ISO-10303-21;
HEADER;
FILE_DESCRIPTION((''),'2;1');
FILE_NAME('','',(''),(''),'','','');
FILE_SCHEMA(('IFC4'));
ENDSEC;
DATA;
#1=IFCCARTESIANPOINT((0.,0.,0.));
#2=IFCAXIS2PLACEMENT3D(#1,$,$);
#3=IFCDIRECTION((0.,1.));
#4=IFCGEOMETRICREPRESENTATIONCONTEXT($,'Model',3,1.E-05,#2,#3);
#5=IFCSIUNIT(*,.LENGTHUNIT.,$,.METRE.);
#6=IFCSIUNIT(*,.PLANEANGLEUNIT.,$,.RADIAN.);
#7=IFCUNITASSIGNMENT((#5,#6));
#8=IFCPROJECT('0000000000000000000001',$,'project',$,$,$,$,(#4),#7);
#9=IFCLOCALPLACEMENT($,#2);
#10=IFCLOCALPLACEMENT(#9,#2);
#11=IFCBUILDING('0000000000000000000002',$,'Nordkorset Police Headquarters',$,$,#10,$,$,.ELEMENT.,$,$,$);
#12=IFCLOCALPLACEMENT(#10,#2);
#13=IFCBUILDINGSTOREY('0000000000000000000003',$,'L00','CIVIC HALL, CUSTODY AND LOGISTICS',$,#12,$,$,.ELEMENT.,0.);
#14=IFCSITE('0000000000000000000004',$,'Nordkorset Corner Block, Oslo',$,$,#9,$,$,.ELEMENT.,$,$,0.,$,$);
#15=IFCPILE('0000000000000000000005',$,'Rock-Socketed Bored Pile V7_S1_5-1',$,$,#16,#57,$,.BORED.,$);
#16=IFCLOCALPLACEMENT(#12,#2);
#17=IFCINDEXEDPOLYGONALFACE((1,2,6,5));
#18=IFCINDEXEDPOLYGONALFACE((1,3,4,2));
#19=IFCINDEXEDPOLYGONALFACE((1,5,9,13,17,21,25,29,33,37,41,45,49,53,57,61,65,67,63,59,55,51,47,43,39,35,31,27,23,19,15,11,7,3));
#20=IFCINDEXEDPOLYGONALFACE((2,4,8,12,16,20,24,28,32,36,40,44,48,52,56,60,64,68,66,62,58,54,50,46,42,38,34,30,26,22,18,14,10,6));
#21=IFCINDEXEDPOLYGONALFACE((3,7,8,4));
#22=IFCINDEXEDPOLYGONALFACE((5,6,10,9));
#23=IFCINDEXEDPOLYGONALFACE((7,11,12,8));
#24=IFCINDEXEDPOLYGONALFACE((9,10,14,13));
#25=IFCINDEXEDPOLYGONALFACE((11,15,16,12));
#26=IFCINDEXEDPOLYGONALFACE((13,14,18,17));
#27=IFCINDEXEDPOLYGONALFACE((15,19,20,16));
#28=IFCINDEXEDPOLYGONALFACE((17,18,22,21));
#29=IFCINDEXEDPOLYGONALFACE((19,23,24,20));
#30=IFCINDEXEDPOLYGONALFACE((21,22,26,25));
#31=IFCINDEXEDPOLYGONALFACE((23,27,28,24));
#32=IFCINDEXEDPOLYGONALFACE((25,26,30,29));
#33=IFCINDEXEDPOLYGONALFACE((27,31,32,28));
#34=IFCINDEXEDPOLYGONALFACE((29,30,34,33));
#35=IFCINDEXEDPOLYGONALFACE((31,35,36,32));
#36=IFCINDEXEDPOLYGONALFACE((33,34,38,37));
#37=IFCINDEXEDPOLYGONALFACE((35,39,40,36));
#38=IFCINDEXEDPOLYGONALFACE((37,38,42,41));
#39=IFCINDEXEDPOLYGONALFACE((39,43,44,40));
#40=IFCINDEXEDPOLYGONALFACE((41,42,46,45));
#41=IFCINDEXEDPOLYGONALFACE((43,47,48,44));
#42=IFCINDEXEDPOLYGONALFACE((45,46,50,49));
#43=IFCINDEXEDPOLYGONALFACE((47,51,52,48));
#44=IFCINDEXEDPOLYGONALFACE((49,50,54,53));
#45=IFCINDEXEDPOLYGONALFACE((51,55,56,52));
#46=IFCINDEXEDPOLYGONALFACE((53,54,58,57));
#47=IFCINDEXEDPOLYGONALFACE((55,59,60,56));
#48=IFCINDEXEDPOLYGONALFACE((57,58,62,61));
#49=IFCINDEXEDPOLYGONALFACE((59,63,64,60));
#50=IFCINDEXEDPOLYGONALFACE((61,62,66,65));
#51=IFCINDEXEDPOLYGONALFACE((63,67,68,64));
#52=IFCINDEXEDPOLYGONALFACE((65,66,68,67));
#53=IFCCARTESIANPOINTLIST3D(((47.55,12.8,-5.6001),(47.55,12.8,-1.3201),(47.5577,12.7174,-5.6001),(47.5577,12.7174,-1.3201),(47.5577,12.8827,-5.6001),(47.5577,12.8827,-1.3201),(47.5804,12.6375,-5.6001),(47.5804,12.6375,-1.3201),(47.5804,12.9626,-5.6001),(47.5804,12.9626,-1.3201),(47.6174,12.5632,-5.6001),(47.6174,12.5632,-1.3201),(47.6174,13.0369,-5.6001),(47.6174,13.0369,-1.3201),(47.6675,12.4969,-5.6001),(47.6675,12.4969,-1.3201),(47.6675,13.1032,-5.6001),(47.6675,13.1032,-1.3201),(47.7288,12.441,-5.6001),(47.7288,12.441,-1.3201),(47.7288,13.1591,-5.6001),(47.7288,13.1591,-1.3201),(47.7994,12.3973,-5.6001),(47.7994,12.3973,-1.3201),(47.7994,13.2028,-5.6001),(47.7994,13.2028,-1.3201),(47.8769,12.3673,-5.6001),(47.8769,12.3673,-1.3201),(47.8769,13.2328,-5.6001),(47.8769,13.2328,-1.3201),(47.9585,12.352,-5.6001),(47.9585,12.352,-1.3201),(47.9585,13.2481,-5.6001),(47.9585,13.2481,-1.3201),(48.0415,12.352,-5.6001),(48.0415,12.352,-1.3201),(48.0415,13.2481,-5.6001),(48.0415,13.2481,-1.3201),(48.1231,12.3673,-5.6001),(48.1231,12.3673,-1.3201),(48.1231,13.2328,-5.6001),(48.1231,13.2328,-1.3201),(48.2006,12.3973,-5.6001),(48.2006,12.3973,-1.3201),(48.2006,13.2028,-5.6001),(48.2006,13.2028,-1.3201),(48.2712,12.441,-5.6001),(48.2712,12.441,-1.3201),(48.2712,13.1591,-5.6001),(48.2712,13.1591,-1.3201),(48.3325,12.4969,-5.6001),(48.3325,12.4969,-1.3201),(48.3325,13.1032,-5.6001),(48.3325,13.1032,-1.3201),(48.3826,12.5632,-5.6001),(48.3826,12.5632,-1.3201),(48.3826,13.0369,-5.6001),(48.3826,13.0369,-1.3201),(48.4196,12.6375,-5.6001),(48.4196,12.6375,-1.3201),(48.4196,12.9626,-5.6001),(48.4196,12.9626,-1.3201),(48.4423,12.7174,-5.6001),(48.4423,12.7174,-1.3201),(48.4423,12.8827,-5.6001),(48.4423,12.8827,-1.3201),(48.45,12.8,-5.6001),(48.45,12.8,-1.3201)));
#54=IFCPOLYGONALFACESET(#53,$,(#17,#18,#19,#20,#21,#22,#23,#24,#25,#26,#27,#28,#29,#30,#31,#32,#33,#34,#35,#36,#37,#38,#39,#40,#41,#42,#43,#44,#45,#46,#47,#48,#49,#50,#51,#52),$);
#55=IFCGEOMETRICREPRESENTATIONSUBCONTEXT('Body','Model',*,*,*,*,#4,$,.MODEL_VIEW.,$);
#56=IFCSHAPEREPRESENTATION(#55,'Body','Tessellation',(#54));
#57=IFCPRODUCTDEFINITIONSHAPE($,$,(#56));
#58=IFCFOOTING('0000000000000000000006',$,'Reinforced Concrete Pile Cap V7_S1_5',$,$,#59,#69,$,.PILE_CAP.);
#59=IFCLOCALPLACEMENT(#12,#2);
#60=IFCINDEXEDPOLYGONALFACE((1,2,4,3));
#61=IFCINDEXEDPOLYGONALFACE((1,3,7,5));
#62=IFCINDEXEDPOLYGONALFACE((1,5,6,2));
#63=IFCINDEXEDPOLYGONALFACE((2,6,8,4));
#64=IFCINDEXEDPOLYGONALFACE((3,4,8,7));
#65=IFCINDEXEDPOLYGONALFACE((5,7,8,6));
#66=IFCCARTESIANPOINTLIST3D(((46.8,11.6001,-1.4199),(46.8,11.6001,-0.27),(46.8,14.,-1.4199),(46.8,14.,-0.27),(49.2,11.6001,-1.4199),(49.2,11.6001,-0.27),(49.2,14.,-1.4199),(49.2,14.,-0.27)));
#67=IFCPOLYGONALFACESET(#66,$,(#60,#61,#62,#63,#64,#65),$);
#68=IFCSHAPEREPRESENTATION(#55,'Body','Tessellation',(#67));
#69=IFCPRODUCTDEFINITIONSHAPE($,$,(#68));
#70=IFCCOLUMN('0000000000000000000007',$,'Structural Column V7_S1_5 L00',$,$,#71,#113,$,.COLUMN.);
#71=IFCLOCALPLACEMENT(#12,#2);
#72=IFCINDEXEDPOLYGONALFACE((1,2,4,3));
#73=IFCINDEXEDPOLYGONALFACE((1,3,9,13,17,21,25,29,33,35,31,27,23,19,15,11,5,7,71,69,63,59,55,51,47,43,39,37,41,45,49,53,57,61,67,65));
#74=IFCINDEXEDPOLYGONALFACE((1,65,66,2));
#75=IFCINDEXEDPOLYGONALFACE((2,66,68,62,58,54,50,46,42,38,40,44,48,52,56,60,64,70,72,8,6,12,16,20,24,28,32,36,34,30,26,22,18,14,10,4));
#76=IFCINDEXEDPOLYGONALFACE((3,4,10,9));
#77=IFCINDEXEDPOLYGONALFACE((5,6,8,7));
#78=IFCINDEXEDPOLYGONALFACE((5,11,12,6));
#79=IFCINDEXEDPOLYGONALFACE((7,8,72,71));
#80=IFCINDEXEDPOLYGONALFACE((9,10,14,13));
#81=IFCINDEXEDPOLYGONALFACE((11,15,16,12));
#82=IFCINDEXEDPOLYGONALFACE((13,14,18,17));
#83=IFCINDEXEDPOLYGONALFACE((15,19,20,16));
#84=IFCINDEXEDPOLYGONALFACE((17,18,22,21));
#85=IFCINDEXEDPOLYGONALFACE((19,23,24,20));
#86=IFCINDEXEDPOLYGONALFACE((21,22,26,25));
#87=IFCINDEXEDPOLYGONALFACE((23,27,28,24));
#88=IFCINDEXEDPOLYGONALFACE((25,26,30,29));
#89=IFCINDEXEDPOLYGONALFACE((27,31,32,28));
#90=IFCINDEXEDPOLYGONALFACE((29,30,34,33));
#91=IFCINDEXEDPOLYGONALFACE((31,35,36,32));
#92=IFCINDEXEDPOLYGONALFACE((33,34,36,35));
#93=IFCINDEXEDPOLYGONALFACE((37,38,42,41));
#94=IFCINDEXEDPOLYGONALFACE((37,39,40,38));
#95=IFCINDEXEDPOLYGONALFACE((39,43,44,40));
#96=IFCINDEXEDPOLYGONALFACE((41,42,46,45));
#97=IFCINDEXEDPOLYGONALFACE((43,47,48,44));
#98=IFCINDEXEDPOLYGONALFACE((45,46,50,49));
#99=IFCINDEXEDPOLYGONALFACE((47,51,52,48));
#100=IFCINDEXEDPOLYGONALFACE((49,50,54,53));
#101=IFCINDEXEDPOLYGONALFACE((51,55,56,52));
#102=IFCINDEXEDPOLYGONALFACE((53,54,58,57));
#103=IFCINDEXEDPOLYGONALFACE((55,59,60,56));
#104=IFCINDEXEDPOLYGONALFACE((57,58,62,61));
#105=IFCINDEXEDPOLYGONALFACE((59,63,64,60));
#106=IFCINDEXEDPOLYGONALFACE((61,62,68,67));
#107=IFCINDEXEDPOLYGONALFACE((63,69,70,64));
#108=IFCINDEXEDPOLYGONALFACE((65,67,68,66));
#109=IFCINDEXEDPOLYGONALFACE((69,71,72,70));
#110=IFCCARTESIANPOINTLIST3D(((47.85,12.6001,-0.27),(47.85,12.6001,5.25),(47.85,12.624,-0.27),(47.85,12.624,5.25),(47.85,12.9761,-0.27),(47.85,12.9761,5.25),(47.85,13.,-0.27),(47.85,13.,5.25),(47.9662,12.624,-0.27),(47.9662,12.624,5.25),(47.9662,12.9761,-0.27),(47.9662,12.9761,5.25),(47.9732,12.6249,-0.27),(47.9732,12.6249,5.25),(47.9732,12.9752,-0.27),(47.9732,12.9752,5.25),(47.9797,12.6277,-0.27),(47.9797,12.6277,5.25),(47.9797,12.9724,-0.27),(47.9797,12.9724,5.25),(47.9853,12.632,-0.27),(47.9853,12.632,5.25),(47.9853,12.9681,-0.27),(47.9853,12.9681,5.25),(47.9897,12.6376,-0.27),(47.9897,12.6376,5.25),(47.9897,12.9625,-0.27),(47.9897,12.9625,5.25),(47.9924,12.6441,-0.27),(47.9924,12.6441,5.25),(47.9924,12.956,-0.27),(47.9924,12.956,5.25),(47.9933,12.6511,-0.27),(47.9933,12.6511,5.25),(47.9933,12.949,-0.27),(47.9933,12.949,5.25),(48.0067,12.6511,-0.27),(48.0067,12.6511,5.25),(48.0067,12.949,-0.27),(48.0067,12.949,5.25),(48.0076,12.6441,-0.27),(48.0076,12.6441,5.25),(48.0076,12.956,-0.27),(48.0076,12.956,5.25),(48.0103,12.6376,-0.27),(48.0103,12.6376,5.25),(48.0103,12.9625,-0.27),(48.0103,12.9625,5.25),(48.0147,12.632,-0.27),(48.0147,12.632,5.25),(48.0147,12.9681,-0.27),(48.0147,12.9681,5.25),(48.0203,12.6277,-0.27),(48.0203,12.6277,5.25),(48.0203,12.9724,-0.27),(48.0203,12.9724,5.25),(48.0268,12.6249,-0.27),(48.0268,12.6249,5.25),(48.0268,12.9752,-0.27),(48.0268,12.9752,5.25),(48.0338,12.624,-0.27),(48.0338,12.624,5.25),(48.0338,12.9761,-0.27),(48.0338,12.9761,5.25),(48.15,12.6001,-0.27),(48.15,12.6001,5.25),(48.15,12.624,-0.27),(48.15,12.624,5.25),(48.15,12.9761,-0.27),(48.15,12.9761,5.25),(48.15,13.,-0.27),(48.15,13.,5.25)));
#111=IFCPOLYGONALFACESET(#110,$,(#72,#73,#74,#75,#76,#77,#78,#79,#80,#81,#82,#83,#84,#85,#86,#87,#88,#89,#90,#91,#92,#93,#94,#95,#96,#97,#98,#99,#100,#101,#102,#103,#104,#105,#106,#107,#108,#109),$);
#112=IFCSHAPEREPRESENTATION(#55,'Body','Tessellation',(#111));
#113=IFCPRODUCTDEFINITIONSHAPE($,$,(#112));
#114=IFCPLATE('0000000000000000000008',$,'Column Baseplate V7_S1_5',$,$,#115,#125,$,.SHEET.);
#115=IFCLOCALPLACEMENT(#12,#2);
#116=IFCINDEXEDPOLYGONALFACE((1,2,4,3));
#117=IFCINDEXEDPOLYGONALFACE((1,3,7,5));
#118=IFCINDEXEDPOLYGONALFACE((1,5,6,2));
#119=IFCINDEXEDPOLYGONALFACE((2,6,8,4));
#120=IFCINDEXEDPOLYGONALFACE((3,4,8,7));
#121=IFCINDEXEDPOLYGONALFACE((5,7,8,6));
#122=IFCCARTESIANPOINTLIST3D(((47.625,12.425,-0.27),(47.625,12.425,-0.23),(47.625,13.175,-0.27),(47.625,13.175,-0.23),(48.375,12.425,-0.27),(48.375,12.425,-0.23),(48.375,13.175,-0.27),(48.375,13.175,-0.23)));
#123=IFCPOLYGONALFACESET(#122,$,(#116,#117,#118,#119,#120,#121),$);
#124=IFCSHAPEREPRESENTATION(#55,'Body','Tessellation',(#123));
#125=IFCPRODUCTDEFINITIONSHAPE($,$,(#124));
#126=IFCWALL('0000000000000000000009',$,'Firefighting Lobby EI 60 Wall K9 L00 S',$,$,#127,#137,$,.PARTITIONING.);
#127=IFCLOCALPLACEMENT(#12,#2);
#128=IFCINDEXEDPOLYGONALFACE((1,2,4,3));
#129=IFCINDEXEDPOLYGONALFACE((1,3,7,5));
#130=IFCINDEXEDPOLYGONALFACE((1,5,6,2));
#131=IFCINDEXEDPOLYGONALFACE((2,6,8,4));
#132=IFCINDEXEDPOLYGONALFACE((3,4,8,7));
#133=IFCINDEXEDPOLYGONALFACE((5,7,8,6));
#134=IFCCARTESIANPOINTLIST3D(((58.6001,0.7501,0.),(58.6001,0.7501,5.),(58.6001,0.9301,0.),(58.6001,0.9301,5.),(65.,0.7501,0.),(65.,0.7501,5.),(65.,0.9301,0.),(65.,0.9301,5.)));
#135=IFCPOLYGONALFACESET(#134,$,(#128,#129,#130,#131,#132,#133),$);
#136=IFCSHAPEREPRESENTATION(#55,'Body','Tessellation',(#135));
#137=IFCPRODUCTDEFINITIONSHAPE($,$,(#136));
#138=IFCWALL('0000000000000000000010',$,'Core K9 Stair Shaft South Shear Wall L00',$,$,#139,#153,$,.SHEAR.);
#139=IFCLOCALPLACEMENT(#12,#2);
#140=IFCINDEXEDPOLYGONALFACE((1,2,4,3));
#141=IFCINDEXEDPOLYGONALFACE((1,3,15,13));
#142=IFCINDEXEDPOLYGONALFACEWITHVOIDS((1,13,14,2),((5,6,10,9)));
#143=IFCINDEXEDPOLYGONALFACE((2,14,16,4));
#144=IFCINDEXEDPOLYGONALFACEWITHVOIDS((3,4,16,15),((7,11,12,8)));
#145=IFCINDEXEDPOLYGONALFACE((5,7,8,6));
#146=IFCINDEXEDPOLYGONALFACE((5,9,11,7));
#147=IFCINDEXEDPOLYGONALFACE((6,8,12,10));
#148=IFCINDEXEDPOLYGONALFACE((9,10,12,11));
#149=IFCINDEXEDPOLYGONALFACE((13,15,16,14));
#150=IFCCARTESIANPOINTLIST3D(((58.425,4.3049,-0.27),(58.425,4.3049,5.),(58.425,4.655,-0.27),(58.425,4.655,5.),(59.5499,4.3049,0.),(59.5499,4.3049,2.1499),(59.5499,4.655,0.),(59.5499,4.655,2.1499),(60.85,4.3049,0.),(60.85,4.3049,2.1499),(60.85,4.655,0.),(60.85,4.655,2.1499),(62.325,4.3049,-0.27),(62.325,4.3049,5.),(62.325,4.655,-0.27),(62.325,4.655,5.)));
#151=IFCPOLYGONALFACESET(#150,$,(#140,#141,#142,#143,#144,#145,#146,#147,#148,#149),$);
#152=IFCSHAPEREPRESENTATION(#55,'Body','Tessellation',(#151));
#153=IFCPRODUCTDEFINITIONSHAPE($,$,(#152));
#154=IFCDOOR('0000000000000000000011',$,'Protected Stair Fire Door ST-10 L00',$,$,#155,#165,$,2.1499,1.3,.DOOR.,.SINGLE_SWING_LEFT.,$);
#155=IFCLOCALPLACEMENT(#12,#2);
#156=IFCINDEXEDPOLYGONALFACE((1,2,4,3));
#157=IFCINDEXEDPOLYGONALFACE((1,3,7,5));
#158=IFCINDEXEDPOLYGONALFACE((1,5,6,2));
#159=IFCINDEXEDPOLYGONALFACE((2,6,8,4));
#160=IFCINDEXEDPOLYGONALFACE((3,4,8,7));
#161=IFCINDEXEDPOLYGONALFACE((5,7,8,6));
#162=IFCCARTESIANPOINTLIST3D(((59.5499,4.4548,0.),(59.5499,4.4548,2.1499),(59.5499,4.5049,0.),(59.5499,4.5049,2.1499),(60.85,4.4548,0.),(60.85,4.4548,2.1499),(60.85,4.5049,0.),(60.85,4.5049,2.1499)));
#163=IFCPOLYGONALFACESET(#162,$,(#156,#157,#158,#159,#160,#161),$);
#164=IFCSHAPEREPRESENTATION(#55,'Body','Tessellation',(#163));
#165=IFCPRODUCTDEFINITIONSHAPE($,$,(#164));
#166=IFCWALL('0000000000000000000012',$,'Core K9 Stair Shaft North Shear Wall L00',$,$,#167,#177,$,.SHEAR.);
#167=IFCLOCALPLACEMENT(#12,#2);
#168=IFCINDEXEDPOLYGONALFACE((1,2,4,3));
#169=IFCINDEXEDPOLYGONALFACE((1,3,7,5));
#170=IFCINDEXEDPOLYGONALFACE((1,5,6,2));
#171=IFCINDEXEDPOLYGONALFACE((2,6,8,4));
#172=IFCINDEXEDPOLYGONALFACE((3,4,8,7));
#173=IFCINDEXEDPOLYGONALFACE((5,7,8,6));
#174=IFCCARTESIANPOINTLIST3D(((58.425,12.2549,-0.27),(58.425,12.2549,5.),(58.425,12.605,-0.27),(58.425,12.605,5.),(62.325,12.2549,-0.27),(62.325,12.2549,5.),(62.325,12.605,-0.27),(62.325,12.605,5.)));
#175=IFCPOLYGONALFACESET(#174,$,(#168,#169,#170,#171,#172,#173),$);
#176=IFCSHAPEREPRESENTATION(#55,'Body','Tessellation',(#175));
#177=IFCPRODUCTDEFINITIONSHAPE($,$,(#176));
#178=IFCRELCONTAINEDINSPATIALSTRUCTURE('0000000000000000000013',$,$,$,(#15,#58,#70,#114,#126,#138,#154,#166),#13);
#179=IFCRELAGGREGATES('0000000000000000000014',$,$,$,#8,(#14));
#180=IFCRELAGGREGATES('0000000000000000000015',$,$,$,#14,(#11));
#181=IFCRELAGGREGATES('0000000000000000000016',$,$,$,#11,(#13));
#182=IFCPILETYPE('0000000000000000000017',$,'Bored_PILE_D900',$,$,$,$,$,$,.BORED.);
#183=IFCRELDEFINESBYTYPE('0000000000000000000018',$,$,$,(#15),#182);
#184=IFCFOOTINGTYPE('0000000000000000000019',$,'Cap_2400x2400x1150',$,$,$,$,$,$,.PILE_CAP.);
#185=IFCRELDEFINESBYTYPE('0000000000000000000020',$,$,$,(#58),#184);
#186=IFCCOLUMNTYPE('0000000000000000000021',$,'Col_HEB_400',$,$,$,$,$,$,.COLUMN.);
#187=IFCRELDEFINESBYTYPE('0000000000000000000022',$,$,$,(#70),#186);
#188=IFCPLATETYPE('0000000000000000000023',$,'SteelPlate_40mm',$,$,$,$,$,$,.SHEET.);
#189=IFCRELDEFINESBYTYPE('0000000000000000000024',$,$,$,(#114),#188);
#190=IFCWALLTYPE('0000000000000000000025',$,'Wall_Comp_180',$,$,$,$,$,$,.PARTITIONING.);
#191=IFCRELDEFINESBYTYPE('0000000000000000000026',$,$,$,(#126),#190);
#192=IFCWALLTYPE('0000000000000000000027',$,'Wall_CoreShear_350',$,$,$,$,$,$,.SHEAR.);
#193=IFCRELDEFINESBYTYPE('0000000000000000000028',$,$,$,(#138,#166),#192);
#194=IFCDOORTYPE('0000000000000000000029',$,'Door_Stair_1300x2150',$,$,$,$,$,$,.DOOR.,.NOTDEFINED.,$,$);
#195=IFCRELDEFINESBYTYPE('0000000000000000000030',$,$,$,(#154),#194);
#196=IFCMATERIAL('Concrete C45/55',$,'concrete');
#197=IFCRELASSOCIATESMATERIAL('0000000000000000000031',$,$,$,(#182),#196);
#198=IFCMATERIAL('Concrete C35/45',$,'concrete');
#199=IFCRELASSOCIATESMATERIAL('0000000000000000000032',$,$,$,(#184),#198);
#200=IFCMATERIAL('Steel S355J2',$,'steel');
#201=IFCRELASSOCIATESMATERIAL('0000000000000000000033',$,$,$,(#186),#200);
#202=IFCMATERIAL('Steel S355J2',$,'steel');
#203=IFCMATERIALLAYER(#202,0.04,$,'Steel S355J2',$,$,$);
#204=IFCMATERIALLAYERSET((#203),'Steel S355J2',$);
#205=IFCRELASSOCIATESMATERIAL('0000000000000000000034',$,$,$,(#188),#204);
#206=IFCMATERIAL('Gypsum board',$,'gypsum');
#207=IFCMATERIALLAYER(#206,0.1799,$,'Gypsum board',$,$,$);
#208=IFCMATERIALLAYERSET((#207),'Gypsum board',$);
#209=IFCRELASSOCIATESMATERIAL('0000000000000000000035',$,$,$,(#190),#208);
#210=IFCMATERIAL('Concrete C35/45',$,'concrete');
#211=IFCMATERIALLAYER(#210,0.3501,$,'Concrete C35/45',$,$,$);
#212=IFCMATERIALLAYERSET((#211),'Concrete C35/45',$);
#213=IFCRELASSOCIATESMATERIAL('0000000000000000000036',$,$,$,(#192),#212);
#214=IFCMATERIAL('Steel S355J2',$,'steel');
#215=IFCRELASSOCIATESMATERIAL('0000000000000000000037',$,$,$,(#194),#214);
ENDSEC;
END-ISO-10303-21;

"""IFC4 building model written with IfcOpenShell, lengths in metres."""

from ifc_helpers import new_model, si_unit, direction, frame, frame_2d, origin, origin_2d, place, context, subcontext, project, spatial, rectangle, circle, i_section, extrude, material, layer, layer_set, material_profile, profile_set, type_object, element, fill, save


model = new_model("IFC4")

# Units and contexts
model_context = context("Model", 3, precision=1e-05, world=origin(), true_north=direction((0.0, 1.0)))
body_context = subcontext(model_context, "Body", "Model", "MODEL_VIEW")
ifc_project = project(units=[si_unit("LENGTHUNIT", "METRE"), si_unit("PLANEANGLEUNIT", "RADIAN")], contexts=[model_context])

# Site, building, storey
site_placement = place(None, origin())
site = spatial("IfcSite", under=ifc_project, at=site_placement, Name="Nordkorset Corner Block, Oslo", CompositionType="ELEMENT", RefElevation=0.0)
building_placement = place(site_placement, origin())
building = spatial("IfcBuilding", under=site, at=building_placement, Name="Nordkorset Police Headquarters", CompositionType="ELEMENT")
storey_placement = place(building_placement, origin())
storey = spatial("IfcBuildingStorey", under=building, at=storey_placement, Name="L00", Description="CIVIC HALL, CUSTODY AND LOGISTICS", CompositionType="ELEMENT", Elevation=0.0)

# Pile
ifc_material_1 = material(Name="Concrete C45/55", Category="concrete")
ifc_material_profile_1 = material_profile(ifc_material_1, circle(Radius=0.45, at=origin_2d()), Name="PILE D900")
ifc_profile_set_1 = profile_set([ifc_material_profile_1], Name="Concrete C45/55")
pile_type = type_object("IfcPileType", Name="Bored_PILE_D900", PredefinedType="BORED", material=ifc_profile_set_1)
pile_placement = place(storey_placement, frame((48.0, 12.8, -1.3201), z_axis=(0.0, 0.0, -1.0), x_axis=(1.0, 0.0, 0.0)))
element("IfcPile", 1, at=pile_placement, inside=storey, type_object=pile_type, Name="Rock-Socketed Bored Pile V7_S1_5-1", PredefinedType="BORED", context=body_context, shape_type="SweptSolid", body=[
    extrude(circle(Radius=0.45, at=origin_2d()), origin(), (0.0, 0.0, 1.0), 4.28),
])

# Footing
ifc_material_2 = material(Name="Concrete C35/45", Category="concrete")
footing_type = type_object("IfcFootingType", Name="Cap_2400x2400x1150", PredefinedType="PILE_CAP", material=ifc_material_2)
footing_placement = place(storey_placement, frame((48.0, 12.8, -1.4199), z_axis=(0.0, 0.0, 1.0), x_axis=(1.0, 0.0, 0.0)))
element("IfcFooting", 2, at=footing_placement, inside=storey, type_object=footing_type, Name="Reinforced Concrete Pile Cap V7_S1_5", PredefinedType="PILE_CAP", context=body_context, shape_type="SweptSolid", body=[
    extrude(rectangle(XDim=2.3999, YDim=2.3999, at=origin_2d()), origin(), (0.0, 0.0, 1.0), 1.1499),
])

# Column
ifc_material_3 = material(Name="Steel S355J2", Category="steel")
ifc_material_profile_2 = material_profile(ifc_material_3, i_section(OverallWidth=0.3, OverallDepth=0.3999, WebThickness=0.0134, FlangeThickness=0.0239, FilletRadius=0.0271, at=origin_2d()), Name="HEB 400")
ifc_profile_set_2 = profile_set([ifc_material_profile_2], Name="Steel S355J2")
column_type = type_object("IfcColumnType", Name="Col_HEB_400", PredefinedType="COLUMN", material=ifc_profile_set_2)
column_placement = place(storey_placement, frame((48.0, 12.8, -0.27), z_axis=(0.0, 0.0, 1.0), x_axis=(1.0, 0.0, 0.0)))
element("IfcColumn", 3, at=column_placement, inside=storey, type_object=column_type, Name="Structural Column V7_S1_5 L00", PredefinedType="COLUMN", context=body_context, shape_type="SweptSolid", body=[
    extrude(i_section(OverallWidth=0.3, OverallDepth=0.3999, WebThickness=0.0134, FlangeThickness=0.0239, FilletRadius=0.0271, at=origin_2d()), origin(), (0.0, 0.0, 1.0), 5.52),
])

# Plate
ifc_material_4 = material(Name="Steel S355J2", Category="steel")
ifc_layer_1 = layer(ifc_material_4, 0.04, Name="Steel S355J2")
ifc_layer_set_1 = layer_set([ifc_layer_1], Name="Steel S355J2")
plate_type = type_object("IfcPlateType", Name="SteelPlate_40mm", PredefinedType="SHEET", material=ifc_layer_set_1)
plate_placement = place(storey_placement, frame((48.0, 12.8, -0.27), z_axis=(0.0, 0.0, 1.0), x_axis=(1.0, 0.0, 0.0)))
element("IfcPlate", 4, at=plate_placement, inside=storey, type_object=plate_type, Name="Column Baseplate V7_S1_5", PredefinedType="SHEET", context=body_context, shape_type="SweptSolid", body=[
    extrude(rectangle(XDim=0.75, YDim=0.75, at=origin_2d()), origin(), (0.0, 0.0, 1.0), 0.04),
])

# Wall
ifc_material_5 = material(Name="Gypsum board", Category="gypsum")
ifc_layer_2 = layer(ifc_material_5, 0.1799, Name="Gypsum board")
ifc_layer_set_2 = layer_set([ifc_layer_2], Name="Gypsum board")
wall_type_1 = type_object("IfcWallType", Name="Wall_Comp_180", PredefinedType="PARTITIONING", material=ifc_layer_set_2)
wall_1_placement = place(storey_placement, frame((58.6001, 0.8401, 0.0), z_axis=(0.0, 0.0, 1.0), x_axis=(1.0, 0.0, 0.0)))
element("IfcWall", 5, at=wall_1_placement, inside=storey, type_object=wall_type_1, Name="Firefighting Lobby EI 60 Wall K9 L00 S", PredefinedType="PARTITIONING", context=body_context, shape_type="SweptSolid", body=[
    extrude(rectangle(XDim=6.3999, YDim=0.1799, at=frame_2d((3.2, 0.0))), origin(), (0.0, 0.0, 1.0), 5.0),
])

# Wall, opening, door
ifc_material_6 = material(Name="Concrete C35/45", Category="concrete")
ifc_layer_3 = layer(ifc_material_6, 0.3501, Name="Concrete C35/45")
ifc_layer_set_3 = layer_set([ifc_layer_3], Name="Concrete C35/45")
wall_type_2 = type_object("IfcWallType", Name="Wall_CoreShear_350", PredefinedType="SHEAR", material=ifc_layer_set_3)
wall_2_placement = place(storey_placement, frame((58.425, 4.48, -0.27), z_axis=(0.0, 0.0, 1.0), x_axis=(1.0, 0.0, 0.0)))
wall_2 = element("IfcWall", 6, at=wall_2_placement, inside=storey, type_object=wall_type_2, Name="Core K9 Stair Shaft South Shear Wall L00", PredefinedType="SHEAR", context=body_context, shape_type="SweptSolid", body=[
    extrude(rectangle(XDim=3.8999, YDim=0.3501, at=frame_2d((1.95, 0.0))), origin(), (0.0, 0.0, 1.0), 5.27),
])
opening_1_placement = place(wall_2_placement, frame((1.125, 0.0, 0.27)))
opening_1 = element("IfcOpeningElement", 7, at=opening_1_placement, cuts=wall_2, PredefinedType="OPENING", context=body_context, shape_type="SweptSolid", body=[
    extrude(rectangle(XDim=1.3, YDim=2.1499, at=frame_2d((0.6499, 1.075))), frame((0.0, 0.1851, 0.0), z_axis=(0.0, -1.0, 0.0), x_axis=(1.0, 0.0, 0.0)), (0.0, 0.0, 1.0), 0.3701),
])
ifc_material_7 = material(Name="Steel S355J2", Category="steel")
door_type_1 = type_object("IfcDoorType", Name="Door_Stair_1300x2150", OperationType="NOTDEFINED", PredefinedType="DOOR", material=ifc_material_7)
door_1_placement = place(opening_1_placement, origin())
door_1 = element("IfcDoor", 8, at=door_1_placement, inside=storey, type_object=door_type_1, Name="Protected Stair Fire Door ST-10 L00", OperationType="SINGLE_SWING_LEFT", OverallHeight=2.1499, OverallWidth=1.3, PredefinedType="DOOR", context=body_context, shape_type="SweptSolid", body=[
    extrude(rectangle(XDim=1.3, YDim=2.1499, at=frame_2d((0.6499, 1.075))), frame((0.0, 0.0249, 0.0), z_axis=(0.0, -1.0, 0.0), x_axis=(1.0, 0.0, 0.0)), (0.0, 0.0, 1.0), 0.05),
])
fill(opening_1, door_1)

# Wall
wall_3_placement = place(storey_placement, frame((58.425, 12.4299, -0.27), z_axis=(0.0, 0.0, 1.0), x_axis=(1.0, 0.0, 0.0)))
element("IfcWall", 9, at=wall_3_placement, inside=storey, type_object=wall_type_2, Name="Core K9 Stair Shaft North Shear Wall L00", PredefinedType="SHEAR", context=body_context, shape_type="SweptSolid", body=[
    extrude(rectangle(XDim=3.8999, YDim=0.3501, at=frame_2d((1.95, 0.0))), origin(), (0.0, 0.0, 1.0), 5.27),
])

save(model, "model.ifc")
